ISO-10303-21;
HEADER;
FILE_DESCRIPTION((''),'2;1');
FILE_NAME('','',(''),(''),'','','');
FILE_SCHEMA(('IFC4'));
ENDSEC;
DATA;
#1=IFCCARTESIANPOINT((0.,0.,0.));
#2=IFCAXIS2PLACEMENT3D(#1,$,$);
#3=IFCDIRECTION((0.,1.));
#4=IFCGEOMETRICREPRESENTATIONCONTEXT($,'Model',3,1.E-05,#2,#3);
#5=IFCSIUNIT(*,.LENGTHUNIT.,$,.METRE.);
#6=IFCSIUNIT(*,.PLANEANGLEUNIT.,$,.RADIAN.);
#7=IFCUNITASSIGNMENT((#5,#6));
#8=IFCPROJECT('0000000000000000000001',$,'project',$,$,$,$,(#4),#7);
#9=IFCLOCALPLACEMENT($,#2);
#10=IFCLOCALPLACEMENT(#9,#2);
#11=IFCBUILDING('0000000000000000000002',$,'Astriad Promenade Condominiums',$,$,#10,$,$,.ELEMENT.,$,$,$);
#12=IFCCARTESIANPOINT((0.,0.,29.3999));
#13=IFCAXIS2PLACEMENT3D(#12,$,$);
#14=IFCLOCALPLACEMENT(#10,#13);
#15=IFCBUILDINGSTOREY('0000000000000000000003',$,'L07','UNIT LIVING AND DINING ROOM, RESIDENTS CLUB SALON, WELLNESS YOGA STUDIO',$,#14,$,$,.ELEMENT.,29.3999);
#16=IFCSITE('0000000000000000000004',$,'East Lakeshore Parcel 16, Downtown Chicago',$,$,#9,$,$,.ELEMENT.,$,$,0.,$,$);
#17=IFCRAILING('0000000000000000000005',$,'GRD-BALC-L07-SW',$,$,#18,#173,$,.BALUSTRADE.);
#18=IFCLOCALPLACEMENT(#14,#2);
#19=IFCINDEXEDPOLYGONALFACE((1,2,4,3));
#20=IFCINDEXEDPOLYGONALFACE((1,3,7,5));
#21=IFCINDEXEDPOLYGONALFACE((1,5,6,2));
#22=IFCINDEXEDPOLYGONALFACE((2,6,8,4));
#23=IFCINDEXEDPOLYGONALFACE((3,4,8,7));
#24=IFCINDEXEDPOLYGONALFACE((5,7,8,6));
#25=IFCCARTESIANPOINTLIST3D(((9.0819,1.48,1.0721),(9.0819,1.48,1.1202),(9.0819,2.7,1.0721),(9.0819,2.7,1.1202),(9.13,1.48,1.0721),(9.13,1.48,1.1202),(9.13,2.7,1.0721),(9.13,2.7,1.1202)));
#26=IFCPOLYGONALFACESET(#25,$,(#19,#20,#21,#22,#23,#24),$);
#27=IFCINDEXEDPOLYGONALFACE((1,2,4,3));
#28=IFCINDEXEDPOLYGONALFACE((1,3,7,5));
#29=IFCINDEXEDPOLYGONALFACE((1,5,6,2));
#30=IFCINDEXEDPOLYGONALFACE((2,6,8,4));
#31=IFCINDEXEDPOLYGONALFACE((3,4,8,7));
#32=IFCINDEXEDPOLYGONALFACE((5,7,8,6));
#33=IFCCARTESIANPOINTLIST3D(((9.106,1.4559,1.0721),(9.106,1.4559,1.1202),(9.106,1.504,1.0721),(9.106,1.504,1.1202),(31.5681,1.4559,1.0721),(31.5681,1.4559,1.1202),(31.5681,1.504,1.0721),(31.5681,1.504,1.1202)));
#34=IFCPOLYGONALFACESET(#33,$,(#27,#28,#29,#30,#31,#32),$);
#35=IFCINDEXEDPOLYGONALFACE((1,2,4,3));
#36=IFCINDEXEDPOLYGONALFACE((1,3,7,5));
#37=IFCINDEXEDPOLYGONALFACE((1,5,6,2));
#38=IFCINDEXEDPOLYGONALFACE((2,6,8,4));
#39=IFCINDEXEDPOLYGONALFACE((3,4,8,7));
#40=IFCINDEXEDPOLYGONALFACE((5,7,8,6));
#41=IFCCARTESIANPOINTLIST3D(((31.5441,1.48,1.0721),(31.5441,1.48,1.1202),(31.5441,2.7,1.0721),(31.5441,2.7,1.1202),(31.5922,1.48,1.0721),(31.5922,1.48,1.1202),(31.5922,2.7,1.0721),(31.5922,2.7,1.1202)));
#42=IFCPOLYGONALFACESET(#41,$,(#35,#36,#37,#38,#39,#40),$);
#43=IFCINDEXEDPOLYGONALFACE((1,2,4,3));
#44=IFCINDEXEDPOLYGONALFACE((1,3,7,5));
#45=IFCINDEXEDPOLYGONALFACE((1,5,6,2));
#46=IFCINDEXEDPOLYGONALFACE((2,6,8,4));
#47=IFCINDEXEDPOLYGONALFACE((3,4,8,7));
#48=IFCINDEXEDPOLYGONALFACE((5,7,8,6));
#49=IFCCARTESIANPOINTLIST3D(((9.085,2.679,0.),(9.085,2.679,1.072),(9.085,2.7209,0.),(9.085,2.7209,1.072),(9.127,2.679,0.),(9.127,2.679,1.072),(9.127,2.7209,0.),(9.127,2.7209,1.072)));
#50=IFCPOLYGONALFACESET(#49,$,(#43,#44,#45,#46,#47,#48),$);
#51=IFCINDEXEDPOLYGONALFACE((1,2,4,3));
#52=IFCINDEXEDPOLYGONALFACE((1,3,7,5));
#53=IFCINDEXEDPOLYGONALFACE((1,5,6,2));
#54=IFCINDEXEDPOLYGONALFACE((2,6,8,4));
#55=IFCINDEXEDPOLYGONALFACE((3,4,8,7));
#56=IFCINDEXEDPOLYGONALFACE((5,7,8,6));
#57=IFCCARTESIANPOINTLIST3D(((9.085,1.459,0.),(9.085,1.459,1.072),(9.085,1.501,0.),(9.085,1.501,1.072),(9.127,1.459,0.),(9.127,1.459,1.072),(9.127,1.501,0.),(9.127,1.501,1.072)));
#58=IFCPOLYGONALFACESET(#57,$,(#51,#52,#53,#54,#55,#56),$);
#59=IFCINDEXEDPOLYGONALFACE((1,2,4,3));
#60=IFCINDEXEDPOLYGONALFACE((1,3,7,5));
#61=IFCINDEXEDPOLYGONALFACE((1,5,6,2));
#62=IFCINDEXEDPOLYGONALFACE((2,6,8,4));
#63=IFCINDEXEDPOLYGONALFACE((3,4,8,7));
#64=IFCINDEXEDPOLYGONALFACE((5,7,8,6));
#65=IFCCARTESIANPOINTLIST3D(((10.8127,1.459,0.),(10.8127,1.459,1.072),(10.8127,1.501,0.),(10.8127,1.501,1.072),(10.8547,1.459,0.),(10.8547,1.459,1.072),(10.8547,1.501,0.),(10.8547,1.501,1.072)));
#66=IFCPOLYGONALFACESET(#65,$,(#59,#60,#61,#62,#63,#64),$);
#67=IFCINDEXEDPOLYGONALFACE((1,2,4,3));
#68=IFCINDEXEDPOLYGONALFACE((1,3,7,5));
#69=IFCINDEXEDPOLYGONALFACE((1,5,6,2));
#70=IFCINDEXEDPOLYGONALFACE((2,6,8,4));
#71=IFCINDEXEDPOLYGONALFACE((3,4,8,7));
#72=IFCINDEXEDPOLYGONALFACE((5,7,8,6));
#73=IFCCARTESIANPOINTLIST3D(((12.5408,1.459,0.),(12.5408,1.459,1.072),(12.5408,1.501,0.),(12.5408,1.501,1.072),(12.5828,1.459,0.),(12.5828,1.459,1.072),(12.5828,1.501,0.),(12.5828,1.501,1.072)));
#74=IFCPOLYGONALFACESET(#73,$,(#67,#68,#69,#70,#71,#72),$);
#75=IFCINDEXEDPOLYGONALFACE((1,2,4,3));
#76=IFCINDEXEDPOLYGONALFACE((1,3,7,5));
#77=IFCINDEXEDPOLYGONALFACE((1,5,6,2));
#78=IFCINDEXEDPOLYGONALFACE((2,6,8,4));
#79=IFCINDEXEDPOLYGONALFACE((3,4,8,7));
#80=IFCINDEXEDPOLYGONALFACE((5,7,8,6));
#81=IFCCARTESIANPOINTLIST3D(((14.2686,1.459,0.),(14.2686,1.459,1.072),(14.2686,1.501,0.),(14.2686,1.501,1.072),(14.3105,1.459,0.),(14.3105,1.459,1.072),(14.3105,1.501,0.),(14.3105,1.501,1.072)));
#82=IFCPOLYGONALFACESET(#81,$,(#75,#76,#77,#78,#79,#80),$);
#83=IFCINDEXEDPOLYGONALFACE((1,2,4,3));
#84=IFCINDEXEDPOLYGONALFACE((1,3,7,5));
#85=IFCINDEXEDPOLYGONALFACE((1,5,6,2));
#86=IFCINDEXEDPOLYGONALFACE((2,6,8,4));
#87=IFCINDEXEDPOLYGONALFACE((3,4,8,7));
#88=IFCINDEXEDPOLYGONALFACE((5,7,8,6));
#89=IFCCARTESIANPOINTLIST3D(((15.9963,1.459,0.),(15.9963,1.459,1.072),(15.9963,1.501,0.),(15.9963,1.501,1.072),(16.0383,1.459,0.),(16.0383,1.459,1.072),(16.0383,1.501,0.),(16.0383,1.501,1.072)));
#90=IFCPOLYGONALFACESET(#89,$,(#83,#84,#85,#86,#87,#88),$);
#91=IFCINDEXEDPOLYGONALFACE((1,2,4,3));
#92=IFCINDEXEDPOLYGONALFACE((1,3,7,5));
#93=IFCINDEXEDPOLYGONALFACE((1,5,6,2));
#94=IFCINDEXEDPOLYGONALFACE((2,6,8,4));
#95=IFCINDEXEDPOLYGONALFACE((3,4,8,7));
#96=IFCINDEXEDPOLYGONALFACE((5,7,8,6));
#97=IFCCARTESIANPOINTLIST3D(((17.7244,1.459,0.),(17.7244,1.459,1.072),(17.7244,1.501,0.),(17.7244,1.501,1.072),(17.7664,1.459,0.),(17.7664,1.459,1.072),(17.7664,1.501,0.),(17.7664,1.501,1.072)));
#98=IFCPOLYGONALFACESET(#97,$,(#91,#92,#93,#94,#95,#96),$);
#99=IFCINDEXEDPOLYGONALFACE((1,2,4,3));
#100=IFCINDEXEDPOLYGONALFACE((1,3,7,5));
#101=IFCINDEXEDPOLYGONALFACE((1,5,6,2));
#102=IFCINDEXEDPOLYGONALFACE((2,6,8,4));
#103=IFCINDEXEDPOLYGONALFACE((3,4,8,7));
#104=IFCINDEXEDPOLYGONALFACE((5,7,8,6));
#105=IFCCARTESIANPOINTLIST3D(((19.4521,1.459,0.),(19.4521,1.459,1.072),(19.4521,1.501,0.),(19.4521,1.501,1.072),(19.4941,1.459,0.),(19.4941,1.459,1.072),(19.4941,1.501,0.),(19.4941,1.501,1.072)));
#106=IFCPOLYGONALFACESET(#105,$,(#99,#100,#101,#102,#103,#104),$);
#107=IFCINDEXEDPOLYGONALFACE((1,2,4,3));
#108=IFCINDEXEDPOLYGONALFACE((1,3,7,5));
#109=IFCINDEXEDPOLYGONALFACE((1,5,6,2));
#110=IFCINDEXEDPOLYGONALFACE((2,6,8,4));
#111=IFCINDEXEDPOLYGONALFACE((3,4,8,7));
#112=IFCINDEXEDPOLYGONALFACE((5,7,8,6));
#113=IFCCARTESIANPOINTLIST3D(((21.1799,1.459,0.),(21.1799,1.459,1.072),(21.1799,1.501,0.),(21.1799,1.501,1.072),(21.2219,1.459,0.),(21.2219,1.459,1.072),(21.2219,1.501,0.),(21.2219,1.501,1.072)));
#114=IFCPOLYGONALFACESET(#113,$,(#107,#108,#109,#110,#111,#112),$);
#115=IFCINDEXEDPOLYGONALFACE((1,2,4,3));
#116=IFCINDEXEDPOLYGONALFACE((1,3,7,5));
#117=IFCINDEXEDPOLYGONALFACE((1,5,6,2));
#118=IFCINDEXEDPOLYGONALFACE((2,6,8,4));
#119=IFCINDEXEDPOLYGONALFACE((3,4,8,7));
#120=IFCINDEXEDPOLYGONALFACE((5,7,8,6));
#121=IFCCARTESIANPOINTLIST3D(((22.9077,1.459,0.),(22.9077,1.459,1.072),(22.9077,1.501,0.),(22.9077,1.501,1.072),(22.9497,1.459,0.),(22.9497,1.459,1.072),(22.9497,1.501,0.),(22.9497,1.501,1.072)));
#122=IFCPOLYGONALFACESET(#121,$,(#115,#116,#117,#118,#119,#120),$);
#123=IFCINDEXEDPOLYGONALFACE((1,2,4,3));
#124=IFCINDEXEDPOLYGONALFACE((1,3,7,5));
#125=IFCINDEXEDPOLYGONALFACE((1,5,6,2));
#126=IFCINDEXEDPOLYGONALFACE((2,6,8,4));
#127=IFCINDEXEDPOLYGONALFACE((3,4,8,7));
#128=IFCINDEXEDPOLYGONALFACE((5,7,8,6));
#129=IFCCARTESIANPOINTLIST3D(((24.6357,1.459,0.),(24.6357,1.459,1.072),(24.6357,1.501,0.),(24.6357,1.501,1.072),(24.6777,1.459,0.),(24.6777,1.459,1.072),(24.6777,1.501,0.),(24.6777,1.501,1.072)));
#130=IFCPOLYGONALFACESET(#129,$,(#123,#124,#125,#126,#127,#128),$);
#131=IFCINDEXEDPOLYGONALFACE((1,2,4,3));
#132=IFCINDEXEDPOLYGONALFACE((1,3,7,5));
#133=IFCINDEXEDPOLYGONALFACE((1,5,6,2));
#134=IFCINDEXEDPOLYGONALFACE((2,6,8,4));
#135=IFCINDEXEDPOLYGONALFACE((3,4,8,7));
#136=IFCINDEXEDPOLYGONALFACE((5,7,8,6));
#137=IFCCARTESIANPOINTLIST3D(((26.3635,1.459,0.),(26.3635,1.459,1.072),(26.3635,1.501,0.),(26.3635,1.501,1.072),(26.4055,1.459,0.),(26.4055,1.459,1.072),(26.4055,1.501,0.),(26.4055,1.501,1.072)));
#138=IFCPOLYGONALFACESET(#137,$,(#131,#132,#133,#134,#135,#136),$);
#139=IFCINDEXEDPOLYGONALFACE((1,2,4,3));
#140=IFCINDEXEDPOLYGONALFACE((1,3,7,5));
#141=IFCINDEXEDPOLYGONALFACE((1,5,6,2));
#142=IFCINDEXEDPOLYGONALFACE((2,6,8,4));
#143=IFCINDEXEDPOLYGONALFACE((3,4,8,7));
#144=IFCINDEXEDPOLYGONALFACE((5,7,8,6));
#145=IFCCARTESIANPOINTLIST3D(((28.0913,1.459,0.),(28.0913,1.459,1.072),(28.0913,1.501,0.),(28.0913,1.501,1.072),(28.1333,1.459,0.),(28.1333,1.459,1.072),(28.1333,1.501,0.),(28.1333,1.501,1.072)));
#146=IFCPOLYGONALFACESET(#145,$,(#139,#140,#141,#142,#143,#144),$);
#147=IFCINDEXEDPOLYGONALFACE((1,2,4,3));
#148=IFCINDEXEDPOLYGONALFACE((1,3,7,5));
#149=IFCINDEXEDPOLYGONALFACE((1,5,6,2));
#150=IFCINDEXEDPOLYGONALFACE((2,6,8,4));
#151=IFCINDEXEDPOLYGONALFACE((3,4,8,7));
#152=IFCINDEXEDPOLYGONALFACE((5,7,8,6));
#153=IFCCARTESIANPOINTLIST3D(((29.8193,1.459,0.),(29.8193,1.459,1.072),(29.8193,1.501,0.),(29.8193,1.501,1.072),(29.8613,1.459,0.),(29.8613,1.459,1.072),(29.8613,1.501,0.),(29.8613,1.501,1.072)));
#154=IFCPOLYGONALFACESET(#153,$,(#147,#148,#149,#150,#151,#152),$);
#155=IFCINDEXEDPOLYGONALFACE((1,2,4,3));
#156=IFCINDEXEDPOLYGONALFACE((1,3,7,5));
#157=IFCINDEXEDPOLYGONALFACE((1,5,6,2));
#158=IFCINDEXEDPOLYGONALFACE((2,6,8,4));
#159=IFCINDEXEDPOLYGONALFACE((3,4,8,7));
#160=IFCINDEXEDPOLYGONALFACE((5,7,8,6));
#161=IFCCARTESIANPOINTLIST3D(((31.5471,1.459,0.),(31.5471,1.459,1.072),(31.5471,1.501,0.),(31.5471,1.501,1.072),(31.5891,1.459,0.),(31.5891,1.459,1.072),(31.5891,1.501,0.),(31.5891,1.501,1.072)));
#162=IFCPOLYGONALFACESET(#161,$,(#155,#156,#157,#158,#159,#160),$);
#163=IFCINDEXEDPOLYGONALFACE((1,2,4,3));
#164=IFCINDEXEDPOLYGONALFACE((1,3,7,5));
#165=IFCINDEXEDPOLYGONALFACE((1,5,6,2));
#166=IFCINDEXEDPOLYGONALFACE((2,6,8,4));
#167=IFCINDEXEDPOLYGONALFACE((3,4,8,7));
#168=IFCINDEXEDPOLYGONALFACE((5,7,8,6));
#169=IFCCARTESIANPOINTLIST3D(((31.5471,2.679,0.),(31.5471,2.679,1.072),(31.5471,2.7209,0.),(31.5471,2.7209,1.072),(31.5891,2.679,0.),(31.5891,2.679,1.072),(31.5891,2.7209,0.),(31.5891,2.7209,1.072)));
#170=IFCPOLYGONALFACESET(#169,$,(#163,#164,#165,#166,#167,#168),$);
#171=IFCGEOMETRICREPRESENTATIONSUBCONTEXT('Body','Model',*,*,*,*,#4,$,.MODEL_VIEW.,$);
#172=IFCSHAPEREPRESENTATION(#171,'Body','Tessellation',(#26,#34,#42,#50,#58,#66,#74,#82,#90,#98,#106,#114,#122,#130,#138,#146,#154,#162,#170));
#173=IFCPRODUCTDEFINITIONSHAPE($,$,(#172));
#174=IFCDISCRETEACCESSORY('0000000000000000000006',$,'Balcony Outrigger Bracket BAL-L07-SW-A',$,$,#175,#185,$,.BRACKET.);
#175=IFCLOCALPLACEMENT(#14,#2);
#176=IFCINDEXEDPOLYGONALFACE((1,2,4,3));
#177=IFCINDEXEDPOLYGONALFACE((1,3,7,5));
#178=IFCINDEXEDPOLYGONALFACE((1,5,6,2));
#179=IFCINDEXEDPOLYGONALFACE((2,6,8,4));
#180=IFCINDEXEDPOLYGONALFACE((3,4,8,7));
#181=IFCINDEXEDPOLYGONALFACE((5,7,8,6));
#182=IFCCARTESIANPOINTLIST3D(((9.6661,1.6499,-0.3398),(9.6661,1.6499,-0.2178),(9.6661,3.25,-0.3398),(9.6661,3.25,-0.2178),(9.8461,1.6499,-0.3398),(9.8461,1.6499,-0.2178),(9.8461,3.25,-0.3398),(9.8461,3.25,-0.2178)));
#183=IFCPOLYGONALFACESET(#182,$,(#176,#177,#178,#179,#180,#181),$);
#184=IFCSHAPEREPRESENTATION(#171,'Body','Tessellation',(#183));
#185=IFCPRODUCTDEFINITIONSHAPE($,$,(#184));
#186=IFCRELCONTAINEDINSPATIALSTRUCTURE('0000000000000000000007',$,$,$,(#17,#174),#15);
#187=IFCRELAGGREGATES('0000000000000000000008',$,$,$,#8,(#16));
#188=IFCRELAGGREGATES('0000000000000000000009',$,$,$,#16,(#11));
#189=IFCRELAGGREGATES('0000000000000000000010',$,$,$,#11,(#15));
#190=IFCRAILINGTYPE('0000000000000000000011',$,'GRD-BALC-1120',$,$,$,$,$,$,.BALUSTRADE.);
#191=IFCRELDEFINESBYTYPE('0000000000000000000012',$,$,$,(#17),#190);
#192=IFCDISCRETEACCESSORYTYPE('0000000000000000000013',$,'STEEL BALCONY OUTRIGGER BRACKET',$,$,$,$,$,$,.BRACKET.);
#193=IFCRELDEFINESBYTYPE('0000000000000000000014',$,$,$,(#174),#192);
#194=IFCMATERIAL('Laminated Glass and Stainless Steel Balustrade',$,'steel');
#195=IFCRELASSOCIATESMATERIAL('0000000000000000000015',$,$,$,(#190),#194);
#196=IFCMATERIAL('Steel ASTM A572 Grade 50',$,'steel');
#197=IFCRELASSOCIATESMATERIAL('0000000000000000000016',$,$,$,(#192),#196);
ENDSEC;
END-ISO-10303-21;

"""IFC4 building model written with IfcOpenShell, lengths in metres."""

from ifc_helpers import new_model, si_unit, direction, frame, origin, origin_2d, place, context, subcontext, project, spatial, rectangle, extrude, source, transform, mapped, material, type_object, type_shapes, element, save


model = new_model("IFC4")

# Units and contexts
model_context = context("Model", 3, precision=1e-05, world=origin(), true_north=direction((0.0, 1.0)))
body_context = subcontext(model_context, "Body", "Model", "MODEL_VIEW")
ifc_project = project(units=[si_unit("LENGTHUNIT", "METRE"), si_unit("PLANEANGLEUNIT", "RADIAN")], contexts=[model_context])

# Site, building, storey
site_placement = place(None, origin())
site = spatial("IfcSite", under=ifc_project, at=site_placement, Name="East Lakeshore Parcel 16, Downtown Chicago", CompositionType="ELEMENT", RefElevation=0.0)
building_placement = place(site_placement, origin())
building = spatial("IfcBuilding", under=site, at=building_placement, Name="Astriad Promenade Condominiums", CompositionType="ELEMENT")
storey_placement = place(building_placement, frame((0.0, 0.0, 29.3999)))
storey = spatial("IfcBuildingStorey", under=building, at=storey_placement, Name="L07", Description="UNIT LIVING AND DINING ROOM, RESIDENTS CLUB SALON, WELLNESS YOGA STUDIO", CompositionType="ELEMENT", Elevation=29.3999)

# Railing
ifc_material_1 = material(Name="Laminated Glass and Stainless Steel Balustrade", Category="steel")
railing_type = type_object("IfcRailingType", Name="GRD-BALC-1120", PredefinedType="BALUSTRADE", material=ifc_material_1)
shared_shape_1 = source(origin(), body_context, "Body", "SweptSolid", [
    extrude(rectangle(XDim=0.0481, YDim=0.0481, at=origin_2d()), frame((0.0, 0.0, 1.0962), z_axis=(0.0, -1.0, 0.0), x_axis=(1.0, 0.0, 0.0)), (0.0, 0.0, 1.0), 1.22),
    extrude(rectangle(XDim=0.0481, YDim=0.0481, at=origin_2d()), frame((0.0, -1.22, 1.0962), z_axis=(1.0, 0.0, 0.0), x_axis=(0.0, 1.0, 0.0)), (0.0, 0.0, 1.0), 22.4622),
    extrude(rectangle(XDim=0.0481, YDim=0.0481, at=origin_2d()), frame((22.4622, -1.22, 1.0962), z_axis=(0.0, 1.0, 0.0), x_axis=(-1.0, 0.0, 0.0)), (0.0, 0.0, 1.0), 1.22),
    extrude(rectangle(XDim=0.042, YDim=0.042, at=origin_2d()), origin(), (0.0, 0.0, 1.0), 1.072),
    extrude(rectangle(XDim=0.042, YDim=0.042, at=origin_2d()), frame((0.0, -1.22, 0.0)), (0.0, 0.0, 1.0), 1.072),
    extrude(rectangle(XDim=0.042, YDim=0.042, at=origin_2d()), frame((1.7278, -1.22, 0.0)), (0.0, 0.0, 1.0), 1.072),
    extrude(rectangle(XDim=0.042, YDim=0.042, at=origin_2d()), frame((3.4558, -1.22, 0.0)), (0.0, 0.0, 1.0), 1.072),
    extrude(rectangle(XDim=0.042, YDim=0.042, at=origin_2d()), frame((5.1836, -1.22, 0.0)), (0.0, 0.0, 1.0), 1.072),
    extrude(rectangle(XDim=0.042, YDim=0.042, at=origin_2d()), frame((6.9114, -1.22, 0.0)), (0.0, 0.0, 1.0), 1.072),
    extrude(rectangle(XDim=0.042, YDim=0.042, at=origin_2d()), frame((8.6394, -1.22, 0.0)), (0.0, 0.0, 1.0), 1.072),
    extrude(rectangle(XDim=0.042, YDim=0.042, at=origin_2d()), frame((10.3672, -1.22, 0.0)), (0.0, 0.0, 1.0), 1.072),
    extrude(rectangle(XDim=0.042, YDim=0.042, at=origin_2d()), frame((12.095, -1.22, 0.0)), (0.0, 0.0, 1.0), 1.072),
    extrude(rectangle(XDim=0.042, YDim=0.042, at=origin_2d()), frame((13.8228, -1.22, 0.0)), (0.0, 0.0, 1.0), 1.072),
    extrude(rectangle(XDim=0.042, YDim=0.042, at=origin_2d()), frame((15.5508, -1.22, 0.0)), (0.0, 0.0, 1.0), 1.072),
    extrude(rectangle(XDim=0.042, YDim=0.042, at=origin_2d()), frame((17.2786, -1.22, 0.0)), (0.0, 0.0, 1.0), 1.072),
    extrude(rectangle(XDim=0.042, YDim=0.042, at=origin_2d()), frame((19.0063, -1.22, 0.0)), (0.0, 0.0, 1.0), 1.072),
    extrude(rectangle(XDim=0.042, YDim=0.042, at=origin_2d()), frame((20.7344, -1.22, 0.0)), (0.0, 0.0, 1.0), 1.072),
    extrude(rectangle(XDim=0.042, YDim=0.042, at=origin_2d()), frame((22.4622, -1.22, 0.0)), (0.0, 0.0, 1.0), 1.072),
    extrude(rectangle(XDim=0.042, YDim=0.042, at=origin_2d()), frame((22.4622, 0.0, 0.0)), (0.0, 0.0, 1.0), 1.072),
])
type_shapes(railing_type, [shared_shape_1])
railing_placement = place(storey_placement, frame((9.106, 2.7, 0.0)))
element("IfcRailing", 1, at=railing_placement, inside=storey, type_object=railing_type, Name="GRD-BALC-L07-SW", PredefinedType="BALUSTRADE", context=body_context, shape_type="MappedRepresentation", body=[
    mapped(shared_shape_1, transform((0.0, 0.0, 0.0), scale=1.0)),
])

# Discrete accessory
ifc_material_2 = material(Name="Steel ASTM A572 Grade 50", Category="steel")
discrete_accessory_type = type_object("IfcDiscreteAccessoryType", Name="STEEL BALCONY OUTRIGGER BRACKET", PredefinedType="BRACKET", material=ifc_material_2)
shared_shape_2 = source(origin(), body_context, "Body", "SweptSolid", [
    extrude(rectangle(XDim=1.6001, YDim=0.1799, at=origin_2d()), origin(), (0.0, 0.0, 1.0), 0.1221),
])
type_shapes(discrete_accessory_type, [shared_shape_2])
discrete_accessory_placement = place(storey_placement, frame((9.7561, 2.45, -0.3398), z_axis=(0.0, 0.0, 1.0), x_axis=(0.0, -1.0, 0.0)))
element("IfcDiscreteAccessory", 2, at=discrete_accessory_placement, inside=storey, type_object=discrete_accessory_type, Name="Balcony Outrigger Bracket BAL-L07-SW-A", PredefinedType="BRACKET", context=body_context, shape_type="MappedRepresentation", body=[
    mapped(shared_shape_2, transform((0.0, 0.0, 0.0), scale=1.0)),
])

save(model, "model.ifc")
